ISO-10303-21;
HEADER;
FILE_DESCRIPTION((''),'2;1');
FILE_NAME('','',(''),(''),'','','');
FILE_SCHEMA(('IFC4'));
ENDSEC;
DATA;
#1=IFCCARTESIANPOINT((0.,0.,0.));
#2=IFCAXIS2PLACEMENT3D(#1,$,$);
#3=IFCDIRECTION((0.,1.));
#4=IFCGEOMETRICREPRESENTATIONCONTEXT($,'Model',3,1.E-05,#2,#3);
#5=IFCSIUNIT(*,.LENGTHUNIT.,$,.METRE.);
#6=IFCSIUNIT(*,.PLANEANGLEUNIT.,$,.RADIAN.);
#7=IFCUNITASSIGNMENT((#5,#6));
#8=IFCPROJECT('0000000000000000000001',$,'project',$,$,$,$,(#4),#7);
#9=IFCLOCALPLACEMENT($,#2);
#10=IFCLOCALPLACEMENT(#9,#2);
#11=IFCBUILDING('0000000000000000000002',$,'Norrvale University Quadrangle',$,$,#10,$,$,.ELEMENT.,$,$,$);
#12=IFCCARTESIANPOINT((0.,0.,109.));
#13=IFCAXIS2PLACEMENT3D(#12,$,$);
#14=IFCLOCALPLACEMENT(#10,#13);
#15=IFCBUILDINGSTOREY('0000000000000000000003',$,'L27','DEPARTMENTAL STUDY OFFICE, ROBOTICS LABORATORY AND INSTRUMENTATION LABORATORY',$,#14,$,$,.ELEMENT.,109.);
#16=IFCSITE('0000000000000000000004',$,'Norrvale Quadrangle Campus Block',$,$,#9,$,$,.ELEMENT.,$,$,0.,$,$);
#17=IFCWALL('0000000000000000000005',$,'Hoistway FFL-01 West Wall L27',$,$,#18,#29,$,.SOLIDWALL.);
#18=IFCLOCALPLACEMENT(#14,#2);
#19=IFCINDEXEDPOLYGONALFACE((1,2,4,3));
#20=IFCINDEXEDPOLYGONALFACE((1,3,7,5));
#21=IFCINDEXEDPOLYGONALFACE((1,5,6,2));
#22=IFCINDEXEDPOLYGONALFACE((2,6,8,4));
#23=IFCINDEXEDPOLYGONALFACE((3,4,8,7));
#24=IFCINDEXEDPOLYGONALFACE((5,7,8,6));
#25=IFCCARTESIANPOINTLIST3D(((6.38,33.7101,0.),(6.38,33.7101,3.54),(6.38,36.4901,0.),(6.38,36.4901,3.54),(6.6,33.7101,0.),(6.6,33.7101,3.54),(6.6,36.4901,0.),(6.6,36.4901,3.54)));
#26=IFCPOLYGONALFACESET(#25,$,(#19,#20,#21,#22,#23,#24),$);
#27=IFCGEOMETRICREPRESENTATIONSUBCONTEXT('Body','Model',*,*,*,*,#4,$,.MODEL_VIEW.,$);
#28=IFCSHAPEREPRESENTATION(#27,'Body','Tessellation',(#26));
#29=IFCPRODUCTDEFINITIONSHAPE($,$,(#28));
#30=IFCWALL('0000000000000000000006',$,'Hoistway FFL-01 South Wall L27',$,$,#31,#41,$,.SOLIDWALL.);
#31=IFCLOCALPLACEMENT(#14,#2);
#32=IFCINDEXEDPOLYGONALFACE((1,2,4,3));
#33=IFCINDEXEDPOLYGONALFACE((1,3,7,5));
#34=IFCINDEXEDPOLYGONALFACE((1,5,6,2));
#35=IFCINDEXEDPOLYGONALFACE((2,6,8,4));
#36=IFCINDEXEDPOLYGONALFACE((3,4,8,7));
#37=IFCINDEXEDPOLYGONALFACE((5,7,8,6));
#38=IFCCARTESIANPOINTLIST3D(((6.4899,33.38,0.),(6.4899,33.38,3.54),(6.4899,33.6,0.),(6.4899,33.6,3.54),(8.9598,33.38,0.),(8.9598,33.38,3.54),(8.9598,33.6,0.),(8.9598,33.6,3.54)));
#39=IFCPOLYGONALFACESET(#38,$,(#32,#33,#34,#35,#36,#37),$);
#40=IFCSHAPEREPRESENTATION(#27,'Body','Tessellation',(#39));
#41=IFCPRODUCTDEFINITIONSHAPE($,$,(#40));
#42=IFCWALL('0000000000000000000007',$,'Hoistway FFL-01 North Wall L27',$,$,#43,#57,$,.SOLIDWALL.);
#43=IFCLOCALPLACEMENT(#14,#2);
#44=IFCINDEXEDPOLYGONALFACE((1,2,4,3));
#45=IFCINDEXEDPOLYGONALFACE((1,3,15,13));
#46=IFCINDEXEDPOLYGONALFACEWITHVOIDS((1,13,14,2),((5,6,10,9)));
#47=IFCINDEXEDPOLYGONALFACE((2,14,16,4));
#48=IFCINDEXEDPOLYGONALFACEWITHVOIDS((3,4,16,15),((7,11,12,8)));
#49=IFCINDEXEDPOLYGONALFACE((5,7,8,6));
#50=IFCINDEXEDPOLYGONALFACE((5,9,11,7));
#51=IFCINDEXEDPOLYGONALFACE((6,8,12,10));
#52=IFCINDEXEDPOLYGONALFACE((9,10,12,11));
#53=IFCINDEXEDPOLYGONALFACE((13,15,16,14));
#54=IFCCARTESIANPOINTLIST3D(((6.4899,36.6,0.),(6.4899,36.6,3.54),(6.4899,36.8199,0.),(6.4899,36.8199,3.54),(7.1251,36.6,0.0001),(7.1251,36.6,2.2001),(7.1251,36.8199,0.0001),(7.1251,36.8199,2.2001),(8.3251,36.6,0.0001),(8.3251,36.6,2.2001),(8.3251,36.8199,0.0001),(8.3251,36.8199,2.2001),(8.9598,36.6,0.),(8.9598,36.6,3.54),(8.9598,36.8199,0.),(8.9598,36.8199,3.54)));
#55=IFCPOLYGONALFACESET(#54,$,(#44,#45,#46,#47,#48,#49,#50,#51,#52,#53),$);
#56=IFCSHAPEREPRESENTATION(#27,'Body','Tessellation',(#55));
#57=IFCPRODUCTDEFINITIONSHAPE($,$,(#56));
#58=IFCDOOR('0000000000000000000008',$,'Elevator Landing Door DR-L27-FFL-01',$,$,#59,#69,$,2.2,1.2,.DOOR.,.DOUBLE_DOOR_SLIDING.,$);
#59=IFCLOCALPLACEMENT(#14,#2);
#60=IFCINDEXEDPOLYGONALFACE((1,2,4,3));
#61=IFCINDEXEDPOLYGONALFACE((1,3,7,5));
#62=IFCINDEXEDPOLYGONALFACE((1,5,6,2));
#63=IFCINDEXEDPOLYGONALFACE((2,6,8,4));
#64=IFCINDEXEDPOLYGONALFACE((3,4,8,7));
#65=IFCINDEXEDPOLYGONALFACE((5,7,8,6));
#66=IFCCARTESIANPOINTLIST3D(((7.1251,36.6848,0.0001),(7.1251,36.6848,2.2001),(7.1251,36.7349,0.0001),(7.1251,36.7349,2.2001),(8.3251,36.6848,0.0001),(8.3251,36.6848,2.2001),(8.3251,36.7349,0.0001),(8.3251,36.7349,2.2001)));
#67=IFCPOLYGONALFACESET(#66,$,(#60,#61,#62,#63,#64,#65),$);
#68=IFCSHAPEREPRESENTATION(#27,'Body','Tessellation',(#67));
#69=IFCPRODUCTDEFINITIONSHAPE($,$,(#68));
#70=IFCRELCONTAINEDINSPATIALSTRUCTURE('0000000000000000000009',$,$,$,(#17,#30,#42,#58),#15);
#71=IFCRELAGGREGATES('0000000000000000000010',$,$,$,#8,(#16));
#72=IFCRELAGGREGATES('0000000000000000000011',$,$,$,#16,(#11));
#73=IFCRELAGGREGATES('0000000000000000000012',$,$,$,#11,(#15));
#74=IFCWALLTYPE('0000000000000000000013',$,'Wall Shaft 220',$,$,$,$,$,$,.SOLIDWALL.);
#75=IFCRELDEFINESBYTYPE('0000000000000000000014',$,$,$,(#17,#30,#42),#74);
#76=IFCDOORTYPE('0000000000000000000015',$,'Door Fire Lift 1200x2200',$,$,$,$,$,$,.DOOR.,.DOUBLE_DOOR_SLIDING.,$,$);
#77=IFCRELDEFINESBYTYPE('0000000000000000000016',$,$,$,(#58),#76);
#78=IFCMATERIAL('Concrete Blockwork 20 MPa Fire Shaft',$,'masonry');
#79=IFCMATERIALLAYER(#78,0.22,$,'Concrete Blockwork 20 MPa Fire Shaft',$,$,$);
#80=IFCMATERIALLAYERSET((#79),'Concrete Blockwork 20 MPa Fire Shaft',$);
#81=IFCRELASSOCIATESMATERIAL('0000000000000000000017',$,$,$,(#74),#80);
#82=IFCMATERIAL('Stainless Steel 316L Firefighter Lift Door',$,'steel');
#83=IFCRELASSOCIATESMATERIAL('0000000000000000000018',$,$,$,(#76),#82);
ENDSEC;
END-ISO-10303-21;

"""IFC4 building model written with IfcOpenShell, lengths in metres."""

from ifc_helpers import new_model, si_unit, direction, frame, frame_2d, origin, place, context, subcontext, project, spatial, rectangle, extrude, material, layer, layer_set, type_object, element, fill, save


model = new_model("IFC4")

# Units and contexts
model_context = context("Model", 3, precision=1e-05, world=origin(), true_north=direction((0.0, 1.0)))
body_context = subcontext(model_context, "Body", "Model", "MODEL_VIEW")
ifc_project = project(units=[si_unit("LENGTHUNIT", "METRE"), si_unit("PLANEANGLEUNIT", "RADIAN")], contexts=[model_context])

# Site, building, storey
site_placement = place(None, origin())
site = spatial("IfcSite", under=ifc_project, at=site_placement, Name="Norrvale Quadrangle Campus Block", CompositionType="ELEMENT", RefElevation=0.0)
building_placement = place(site_placement, origin())
building = spatial("IfcBuilding", under=site, at=building_placement, Name="Norrvale University Quadrangle", CompositionType="ELEMENT")
storey_placement = place(building_placement, frame((0.0, 0.0, 109.0)))
storey = spatial("IfcBuildingStorey", under=building, at=storey_placement, Name="L27", Description="DEPARTMENTAL STUDY OFFICE, ROBOTICS LABORATORY AND INSTRUMENTATION LABORATORY", CompositionType="ELEMENT", Elevation=109.0)

# Shared definitions
ifc_material_1 = material(Name="Concrete Blockwork 20 MPa Fire Shaft", Category="masonry")
ifc_layer_1 = layer(ifc_material_1, 0.22, Name="Concrete Blockwork 20 MPa Fire Shaft")
ifc_layer_set_1 = layer_set([ifc_layer_1], Name="Concrete Blockwork 20 MPa Fire Shaft")
wall_type_1 = type_object("IfcWallType", Name="Wall Shaft 220", PredefinedType="SOLIDWALL", material=ifc_layer_set_1)

# Walls
wall_1_placement = place(storey_placement, frame((6.49, 33.71, 0.0), z_axis=(0.0, 0.0, 1.0), x_axis=(0.0, 1.0, 0.0)))
element("IfcWall", 1, at=wall_1_placement, inside=storey, type_object=wall_type_1, Name="Hoistway FFL-01 West Wall L27", PredefinedType="SOLIDWALL", context=body_context, shape_type="SweptSolid", body=[
    extrude(rectangle(XDim=2.78, YDim=0.22, at=frame_2d((1.3901, 0.0))), origin(), (0.0, 0.0, 1.0), 3.54),
])
wall_2_placement = place(storey_placement, frame((6.49, 33.49, 0.0), z_axis=(0.0, 0.0, 1.0), x_axis=(1.0, 0.0, 0.0)))
element("IfcWall", 2, at=wall_2_placement, inside=storey, type_object=wall_type_1, Name="Hoistway FFL-01 South Wall L27", PredefinedType="SOLIDWALL", context=body_context, shape_type="SweptSolid", body=[
    extrude(rectangle(XDim=2.47, YDim=0.22, at=frame_2d((1.2349, 0.0))), origin(), (0.0, 0.0, 1.0), 3.54),
])

# Wall, opening, door
wall_3_placement = place(storey_placement, frame((6.49, 36.71, 0.0), z_axis=(0.0, 0.0, 1.0), x_axis=(1.0, 0.0, 0.0)))
wall_3 = element("IfcWall", 3, at=wall_3_placement, inside=storey, type_object=wall_type_1, Name="Hoistway FFL-01 North Wall L27", PredefinedType="SOLIDWALL", context=body_context, shape_type="SweptSolid", body=[
    extrude(rectangle(XDim=2.47, YDim=0.22, at=frame_2d((1.2349, 0.0))), origin(), (0.0, 0.0, 1.0), 3.54),
])
opening_1_placement = place(wall_3_placement, frame((0.635, 0.0, 0.0)))
opening_1 = element("IfcOpeningElement", 4, at=opening_1_placement, cuts=wall_3, PredefinedType="OPENING", context=body_context, shape_type="SweptSolid", body=[
    extrude(rectangle(XDim=1.2, YDim=2.2, at=frame_2d((0.6001, 1.1001))), frame((0.0, 0.1221, 0.0), z_axis=(0.0, -1.0, 0.0), x_axis=(1.0, 0.0, 0.0)), (0.0, 0.0, 1.0), 0.2439),
])
ifc_material_2 = material(Name="Stainless Steel 316L Firefighter Lift Door", Category="steel")
door_type_1 = type_object("IfcDoorType", Name="Door Fire Lift 1200x2200", OperationType="DOUBLE_DOOR_SLIDING", PredefinedType="DOOR", material=ifc_material_2)
door_1_placement = place(opening_1_placement, origin())
door_1 = element("IfcDoor", 5, at=door_1_placement, inside=storey, type_object=door_type_1, Name="Elevator Landing Door DR-L27-FFL-01", OperationType="DOUBLE_DOOR_SLIDING", OverallHeight=2.2, OverallWidth=1.2, PredefinedType="DOOR", context=body_context, shape_type="SweptSolid", body=[
    extrude(rectangle(XDim=1.2, YDim=2.2, at=frame_2d((0.6001, 1.1001))), frame((0.0, 0.0249, 0.0), z_axis=(0.0, -1.0, 0.0), x_axis=(1.0, 0.0, 0.0)), (0.0, 0.0, 1.0), 0.05),
])
fill(opening_1, door_1)

save(model, "model.ifc")
